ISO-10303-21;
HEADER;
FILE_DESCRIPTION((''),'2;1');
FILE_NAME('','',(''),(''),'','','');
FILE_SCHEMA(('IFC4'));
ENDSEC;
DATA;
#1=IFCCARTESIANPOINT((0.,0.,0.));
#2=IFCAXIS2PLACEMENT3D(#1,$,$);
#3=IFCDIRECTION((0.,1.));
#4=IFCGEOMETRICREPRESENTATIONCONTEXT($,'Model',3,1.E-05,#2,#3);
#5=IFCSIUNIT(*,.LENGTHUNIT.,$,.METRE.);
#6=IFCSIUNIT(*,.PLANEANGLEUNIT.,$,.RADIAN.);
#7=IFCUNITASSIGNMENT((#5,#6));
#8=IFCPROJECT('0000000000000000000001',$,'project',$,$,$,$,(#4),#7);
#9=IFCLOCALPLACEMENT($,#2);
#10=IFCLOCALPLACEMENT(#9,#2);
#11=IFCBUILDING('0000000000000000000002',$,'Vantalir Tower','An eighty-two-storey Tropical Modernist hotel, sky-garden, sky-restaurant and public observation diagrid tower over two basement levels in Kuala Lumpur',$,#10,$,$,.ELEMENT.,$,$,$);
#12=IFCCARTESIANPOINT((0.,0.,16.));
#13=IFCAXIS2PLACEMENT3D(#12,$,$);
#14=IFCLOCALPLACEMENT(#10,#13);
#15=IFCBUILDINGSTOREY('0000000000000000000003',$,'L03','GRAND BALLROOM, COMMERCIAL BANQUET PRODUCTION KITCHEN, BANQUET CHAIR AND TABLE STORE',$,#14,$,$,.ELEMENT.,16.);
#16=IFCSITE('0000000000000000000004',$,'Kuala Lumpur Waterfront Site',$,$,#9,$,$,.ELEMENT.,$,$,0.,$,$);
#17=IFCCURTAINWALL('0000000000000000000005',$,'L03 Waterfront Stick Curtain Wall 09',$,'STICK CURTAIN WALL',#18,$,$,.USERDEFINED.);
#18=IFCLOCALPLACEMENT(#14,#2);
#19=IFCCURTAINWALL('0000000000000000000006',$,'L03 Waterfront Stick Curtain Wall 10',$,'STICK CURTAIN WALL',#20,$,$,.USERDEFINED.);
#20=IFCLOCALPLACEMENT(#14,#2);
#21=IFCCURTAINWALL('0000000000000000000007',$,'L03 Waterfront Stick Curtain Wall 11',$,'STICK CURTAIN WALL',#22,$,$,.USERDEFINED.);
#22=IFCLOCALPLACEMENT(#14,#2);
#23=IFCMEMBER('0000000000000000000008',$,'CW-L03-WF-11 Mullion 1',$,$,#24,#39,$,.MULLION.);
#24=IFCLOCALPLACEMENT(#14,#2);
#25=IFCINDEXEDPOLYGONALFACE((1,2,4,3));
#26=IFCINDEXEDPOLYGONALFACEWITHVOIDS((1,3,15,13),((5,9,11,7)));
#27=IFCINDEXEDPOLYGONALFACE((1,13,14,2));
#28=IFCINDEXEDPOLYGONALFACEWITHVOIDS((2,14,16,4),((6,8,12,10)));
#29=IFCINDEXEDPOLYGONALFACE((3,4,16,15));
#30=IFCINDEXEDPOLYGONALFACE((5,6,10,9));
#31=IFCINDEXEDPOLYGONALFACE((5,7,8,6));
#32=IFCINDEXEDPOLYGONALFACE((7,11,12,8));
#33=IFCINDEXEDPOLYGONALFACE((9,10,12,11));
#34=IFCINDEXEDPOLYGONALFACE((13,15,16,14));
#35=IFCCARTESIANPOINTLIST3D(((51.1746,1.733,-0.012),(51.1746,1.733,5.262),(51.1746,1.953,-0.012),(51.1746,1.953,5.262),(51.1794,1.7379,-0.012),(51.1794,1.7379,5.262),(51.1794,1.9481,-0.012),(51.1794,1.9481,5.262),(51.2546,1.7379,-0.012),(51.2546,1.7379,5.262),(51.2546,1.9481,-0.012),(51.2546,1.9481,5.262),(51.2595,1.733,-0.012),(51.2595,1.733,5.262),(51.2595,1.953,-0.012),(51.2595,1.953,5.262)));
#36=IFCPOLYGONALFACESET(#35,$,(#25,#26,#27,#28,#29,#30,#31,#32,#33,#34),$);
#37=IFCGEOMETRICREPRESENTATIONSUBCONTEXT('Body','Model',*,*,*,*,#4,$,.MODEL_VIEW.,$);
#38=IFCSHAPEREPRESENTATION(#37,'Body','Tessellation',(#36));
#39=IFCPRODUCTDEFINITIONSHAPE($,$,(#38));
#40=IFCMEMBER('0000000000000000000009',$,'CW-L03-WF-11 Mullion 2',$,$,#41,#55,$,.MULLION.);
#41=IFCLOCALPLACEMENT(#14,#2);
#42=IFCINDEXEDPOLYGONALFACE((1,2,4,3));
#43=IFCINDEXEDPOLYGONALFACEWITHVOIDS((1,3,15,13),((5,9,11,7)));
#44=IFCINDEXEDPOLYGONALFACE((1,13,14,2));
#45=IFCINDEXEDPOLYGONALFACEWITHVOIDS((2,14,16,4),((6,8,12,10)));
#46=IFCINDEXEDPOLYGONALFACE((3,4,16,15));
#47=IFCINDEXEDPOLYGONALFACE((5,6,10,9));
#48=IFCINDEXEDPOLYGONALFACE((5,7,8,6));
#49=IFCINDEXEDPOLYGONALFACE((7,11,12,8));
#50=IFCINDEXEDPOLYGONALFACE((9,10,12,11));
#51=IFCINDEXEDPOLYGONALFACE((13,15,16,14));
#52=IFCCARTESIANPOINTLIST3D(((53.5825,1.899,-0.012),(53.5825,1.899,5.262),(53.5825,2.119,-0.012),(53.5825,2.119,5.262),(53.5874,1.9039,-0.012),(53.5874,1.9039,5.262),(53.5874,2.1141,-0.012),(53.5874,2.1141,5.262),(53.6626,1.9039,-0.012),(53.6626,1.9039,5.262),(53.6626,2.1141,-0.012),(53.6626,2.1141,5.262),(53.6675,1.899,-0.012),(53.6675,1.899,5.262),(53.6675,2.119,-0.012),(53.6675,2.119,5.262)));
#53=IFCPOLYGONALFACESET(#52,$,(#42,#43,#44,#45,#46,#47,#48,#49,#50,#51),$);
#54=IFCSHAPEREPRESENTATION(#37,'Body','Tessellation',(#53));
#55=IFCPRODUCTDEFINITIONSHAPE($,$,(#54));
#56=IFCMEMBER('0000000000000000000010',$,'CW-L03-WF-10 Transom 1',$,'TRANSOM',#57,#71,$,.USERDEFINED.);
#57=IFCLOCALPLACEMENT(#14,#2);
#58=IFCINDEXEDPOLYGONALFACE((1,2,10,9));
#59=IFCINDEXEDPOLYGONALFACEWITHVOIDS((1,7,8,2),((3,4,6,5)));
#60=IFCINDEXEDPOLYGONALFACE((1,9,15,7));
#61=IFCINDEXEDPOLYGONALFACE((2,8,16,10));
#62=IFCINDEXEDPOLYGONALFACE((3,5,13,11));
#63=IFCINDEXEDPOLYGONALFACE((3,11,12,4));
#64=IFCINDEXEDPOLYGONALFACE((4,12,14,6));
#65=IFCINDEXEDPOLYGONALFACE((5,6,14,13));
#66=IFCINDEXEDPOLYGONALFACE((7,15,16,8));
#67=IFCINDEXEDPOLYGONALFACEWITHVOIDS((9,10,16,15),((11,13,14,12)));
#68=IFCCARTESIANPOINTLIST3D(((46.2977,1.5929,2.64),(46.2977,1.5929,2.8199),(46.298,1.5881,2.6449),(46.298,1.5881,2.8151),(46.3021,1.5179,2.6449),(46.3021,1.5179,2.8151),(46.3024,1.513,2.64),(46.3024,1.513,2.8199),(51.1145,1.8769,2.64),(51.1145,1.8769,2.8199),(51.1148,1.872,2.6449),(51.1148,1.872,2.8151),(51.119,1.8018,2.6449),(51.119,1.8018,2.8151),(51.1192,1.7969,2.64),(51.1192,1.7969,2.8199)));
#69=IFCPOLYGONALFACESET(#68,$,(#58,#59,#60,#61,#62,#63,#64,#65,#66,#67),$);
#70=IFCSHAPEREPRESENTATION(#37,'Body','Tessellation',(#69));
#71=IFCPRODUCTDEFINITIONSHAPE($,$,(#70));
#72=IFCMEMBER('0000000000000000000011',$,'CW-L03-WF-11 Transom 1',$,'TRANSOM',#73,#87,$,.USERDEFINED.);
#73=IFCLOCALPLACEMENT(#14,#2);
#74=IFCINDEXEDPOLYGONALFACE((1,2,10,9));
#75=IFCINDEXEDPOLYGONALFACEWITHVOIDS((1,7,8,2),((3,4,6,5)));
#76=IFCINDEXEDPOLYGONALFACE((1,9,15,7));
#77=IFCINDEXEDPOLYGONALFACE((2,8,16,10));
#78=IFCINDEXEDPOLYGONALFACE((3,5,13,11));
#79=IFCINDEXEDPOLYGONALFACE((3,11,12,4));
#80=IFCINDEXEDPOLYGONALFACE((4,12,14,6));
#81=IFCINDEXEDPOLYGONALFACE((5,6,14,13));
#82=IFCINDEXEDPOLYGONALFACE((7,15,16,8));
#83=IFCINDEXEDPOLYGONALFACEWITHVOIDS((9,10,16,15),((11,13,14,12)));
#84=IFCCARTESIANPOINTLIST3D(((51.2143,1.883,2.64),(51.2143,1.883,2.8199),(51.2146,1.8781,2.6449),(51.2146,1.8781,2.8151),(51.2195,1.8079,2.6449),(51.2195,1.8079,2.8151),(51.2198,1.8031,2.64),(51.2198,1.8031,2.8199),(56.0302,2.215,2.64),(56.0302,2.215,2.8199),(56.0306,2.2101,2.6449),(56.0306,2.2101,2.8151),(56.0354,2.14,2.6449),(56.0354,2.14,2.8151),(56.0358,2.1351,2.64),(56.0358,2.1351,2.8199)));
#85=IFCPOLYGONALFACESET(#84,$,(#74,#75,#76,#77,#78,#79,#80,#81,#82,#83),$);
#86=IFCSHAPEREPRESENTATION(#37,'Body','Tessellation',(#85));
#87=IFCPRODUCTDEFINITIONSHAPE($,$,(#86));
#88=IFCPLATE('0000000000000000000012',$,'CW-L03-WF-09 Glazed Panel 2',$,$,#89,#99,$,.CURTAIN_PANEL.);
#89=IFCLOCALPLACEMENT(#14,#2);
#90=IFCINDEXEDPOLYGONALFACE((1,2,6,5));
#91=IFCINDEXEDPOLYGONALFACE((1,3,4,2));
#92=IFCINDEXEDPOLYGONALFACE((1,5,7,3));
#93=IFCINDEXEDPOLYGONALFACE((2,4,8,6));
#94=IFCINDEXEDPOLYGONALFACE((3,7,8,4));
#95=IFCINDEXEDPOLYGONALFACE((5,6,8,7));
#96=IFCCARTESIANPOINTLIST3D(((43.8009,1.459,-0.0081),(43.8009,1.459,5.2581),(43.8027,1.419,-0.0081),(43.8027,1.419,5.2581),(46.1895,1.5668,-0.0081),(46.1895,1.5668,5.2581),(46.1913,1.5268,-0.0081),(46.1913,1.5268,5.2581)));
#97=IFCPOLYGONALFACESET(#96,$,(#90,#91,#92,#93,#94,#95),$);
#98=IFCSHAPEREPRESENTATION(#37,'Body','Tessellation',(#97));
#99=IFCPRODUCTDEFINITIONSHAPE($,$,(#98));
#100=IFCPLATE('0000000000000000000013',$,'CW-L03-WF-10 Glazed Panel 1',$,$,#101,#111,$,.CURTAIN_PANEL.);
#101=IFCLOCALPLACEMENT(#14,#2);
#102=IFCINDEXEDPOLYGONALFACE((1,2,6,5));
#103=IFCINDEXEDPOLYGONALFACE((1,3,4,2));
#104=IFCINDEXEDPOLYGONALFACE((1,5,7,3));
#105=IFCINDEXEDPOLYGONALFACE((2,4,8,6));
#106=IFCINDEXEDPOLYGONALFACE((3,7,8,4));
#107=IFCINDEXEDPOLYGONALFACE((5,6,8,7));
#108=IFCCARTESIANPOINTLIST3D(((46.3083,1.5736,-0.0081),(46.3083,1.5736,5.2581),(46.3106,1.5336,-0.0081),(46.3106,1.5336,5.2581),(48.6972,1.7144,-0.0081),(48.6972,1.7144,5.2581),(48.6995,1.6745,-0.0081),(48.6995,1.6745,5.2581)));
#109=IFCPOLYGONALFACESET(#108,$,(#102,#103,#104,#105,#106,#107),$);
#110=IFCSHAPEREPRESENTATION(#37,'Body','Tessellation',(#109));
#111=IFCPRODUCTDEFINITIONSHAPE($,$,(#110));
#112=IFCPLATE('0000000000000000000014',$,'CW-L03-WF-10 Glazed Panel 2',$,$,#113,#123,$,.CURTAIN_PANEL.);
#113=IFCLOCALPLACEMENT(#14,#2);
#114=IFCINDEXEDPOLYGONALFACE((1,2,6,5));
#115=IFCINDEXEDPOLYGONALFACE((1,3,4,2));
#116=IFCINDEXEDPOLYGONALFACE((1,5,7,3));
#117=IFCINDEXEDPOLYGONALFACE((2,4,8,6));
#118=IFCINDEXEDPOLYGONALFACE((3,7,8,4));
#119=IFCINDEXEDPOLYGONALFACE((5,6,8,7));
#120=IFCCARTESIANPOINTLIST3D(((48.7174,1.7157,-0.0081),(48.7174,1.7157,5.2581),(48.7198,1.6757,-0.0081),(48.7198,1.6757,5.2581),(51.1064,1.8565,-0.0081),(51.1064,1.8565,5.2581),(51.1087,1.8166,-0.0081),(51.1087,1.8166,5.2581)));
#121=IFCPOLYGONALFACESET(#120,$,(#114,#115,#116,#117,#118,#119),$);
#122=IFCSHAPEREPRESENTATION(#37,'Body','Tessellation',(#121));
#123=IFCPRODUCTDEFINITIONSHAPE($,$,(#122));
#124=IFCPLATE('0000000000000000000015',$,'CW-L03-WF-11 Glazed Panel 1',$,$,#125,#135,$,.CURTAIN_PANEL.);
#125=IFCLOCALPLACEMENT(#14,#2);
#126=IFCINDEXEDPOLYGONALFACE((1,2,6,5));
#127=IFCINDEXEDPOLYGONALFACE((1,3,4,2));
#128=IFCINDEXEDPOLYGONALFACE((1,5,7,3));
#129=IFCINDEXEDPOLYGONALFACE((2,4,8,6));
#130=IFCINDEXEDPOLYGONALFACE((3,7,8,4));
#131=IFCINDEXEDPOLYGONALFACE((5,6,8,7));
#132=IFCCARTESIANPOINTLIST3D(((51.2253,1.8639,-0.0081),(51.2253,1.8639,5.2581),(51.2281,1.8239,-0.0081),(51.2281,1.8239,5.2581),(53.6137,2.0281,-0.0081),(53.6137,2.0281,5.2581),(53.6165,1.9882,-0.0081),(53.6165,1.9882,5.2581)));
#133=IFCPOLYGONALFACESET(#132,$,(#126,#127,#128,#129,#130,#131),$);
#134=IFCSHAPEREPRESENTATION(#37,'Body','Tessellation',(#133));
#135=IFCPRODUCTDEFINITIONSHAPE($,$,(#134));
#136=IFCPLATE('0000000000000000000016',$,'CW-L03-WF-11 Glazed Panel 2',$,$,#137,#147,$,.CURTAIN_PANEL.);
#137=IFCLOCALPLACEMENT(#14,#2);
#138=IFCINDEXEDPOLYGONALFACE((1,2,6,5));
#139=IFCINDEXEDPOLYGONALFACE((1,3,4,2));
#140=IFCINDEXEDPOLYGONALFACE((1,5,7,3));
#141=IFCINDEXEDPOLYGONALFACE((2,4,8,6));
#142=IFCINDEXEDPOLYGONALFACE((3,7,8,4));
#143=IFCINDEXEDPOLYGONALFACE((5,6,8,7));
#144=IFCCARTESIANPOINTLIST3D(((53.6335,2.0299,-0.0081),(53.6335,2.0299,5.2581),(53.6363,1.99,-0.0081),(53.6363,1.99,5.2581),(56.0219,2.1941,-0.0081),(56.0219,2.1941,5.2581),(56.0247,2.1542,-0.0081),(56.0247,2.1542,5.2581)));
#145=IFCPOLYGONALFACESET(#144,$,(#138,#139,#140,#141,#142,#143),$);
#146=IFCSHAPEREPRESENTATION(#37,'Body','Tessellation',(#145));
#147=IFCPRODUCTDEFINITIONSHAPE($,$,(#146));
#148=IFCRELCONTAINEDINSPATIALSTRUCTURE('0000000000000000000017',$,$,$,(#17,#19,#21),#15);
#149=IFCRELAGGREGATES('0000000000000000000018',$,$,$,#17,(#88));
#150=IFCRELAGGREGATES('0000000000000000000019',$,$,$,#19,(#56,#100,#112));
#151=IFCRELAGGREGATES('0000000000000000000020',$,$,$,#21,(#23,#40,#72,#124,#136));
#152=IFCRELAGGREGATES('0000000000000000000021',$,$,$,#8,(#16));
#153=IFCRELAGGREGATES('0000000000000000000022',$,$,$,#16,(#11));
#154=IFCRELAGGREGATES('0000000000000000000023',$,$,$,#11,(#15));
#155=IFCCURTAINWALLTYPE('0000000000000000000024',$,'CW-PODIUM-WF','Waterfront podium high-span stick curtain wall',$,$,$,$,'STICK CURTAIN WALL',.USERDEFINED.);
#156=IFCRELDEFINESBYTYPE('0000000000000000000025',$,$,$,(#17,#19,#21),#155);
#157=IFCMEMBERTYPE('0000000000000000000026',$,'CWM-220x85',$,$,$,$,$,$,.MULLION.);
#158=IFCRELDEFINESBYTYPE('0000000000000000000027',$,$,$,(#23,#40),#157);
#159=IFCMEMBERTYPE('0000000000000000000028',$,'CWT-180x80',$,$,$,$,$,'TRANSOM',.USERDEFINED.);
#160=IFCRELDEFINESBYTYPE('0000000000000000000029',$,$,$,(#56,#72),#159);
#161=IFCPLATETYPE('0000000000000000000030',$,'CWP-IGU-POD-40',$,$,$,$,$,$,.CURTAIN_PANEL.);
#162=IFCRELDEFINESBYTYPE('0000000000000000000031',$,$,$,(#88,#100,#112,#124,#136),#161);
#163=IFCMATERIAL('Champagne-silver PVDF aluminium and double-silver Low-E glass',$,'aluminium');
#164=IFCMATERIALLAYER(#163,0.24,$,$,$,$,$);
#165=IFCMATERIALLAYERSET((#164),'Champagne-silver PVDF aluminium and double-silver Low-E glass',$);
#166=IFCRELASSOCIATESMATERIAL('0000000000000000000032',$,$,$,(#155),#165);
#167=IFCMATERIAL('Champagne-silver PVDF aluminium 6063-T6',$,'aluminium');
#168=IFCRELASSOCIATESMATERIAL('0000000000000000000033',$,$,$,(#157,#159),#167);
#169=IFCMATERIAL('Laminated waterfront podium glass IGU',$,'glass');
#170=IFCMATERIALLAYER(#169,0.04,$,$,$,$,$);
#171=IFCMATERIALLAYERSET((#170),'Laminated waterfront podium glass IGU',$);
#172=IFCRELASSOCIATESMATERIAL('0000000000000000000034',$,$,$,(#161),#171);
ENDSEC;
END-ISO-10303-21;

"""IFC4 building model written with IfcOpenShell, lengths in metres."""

from ifc_helpers import new_model, si_unit, direction, frame, origin, origin_2d, place, context, subcontext, project, spatial, rectangle, hollow_rectangle, extrude, material, layer, layer_set, material_profile, profile_set, type_object, element, aggregate, save


model = new_model("IFC4")

# Units and contexts
model_context = context("Model", 3, precision=1e-05, world=origin(), true_north=direction((0.0, 1.0)))
body_context = subcontext(model_context, "Body", "Model", "MODEL_VIEW")
ifc_project = project(units=[si_unit("LENGTHUNIT", "METRE"), si_unit("PLANEANGLEUNIT", "RADIAN")], contexts=[model_context])

# Site, building, storey
site_placement = place(None, origin())
site = spatial("IfcSite", under=ifc_project, at=site_placement, Name="Kuala Lumpur Waterfront Site", CompositionType="ELEMENT", RefElevation=0.0)
building_placement = place(site_placement, origin())
building = spatial("IfcBuilding", under=site, at=building_placement, Name="Vantalir Tower", Description="An eighty-two-storey Tropical Modernist hotel, sky-garden, sky-restaurant and public observation diagrid tower over two basement levels in Kuala Lumpur", CompositionType="ELEMENT")
storey_placement = place(building_placement, frame((0.0, 0.0, 16.0)))
storey = spatial("IfcBuildingStorey", under=building, at=storey_placement, Name="L03", Description="GRAND BALLROOM, COMMERCIAL BANQUET PRODUCTION KITCHEN, BANQUET CHAIR AND TABLE STORE", CompositionType="ELEMENT", Elevation=16.0)

# Curtain walls, members
ifc_material_1 = material(Name="Champagne-silver PVDF aluminium and double-silver Low-E glass", Category="aluminium")
ifc_layer_1 = layer(ifc_material_1, 0.24)
ifc_layer_set_1 = layer_set([ifc_layer_1], Name="Champagne-silver PVDF aluminium and double-silver Low-E glass")
curtain_wall_type = type_object("IfcCurtainWallType", Name="CW-PODIUM-WF", Description="Waterfront podium high-span stick curtain wall", ElementType="STICK CURTAIN WALL", PredefinedType="USERDEFINED", material=ifc_layer_set_1)
curtain_wall_1_placement = place(storey_placement, origin())
curtain_wall_1 = element("IfcCurtainWall", 1, at=curtain_wall_1_placement, inside=storey, type_object=curtain_wall_type, Name="L03 Waterfront Stick Curtain Wall 09", ObjectType="STICK CURTAIN WALL", PredefinedType="USERDEFINED")
ifc_material_2 = material(Name="Champagne-silver PVDF aluminium 6063-T6", Category="aluminium")
ifc_material_profile_1 = material_profile(ifc_material_2, hollow_rectangle(XDim=0.085, YDim=0.22, WallThickness=0.0049, at=origin_2d()), Name="Champagne-silver PVDF aluminium 6063-T6")
ifc_profile_set_1 = profile_set([ifc_material_profile_1], Name="Champagne-silver PVDF aluminium 6063-T6")
member_type_1 = type_object("IfcMemberType", Name="CWM-220x85", PredefinedType="MULLION", material=ifc_profile_set_1)
curtain_wall_2_placement = place(storey_placement, origin())
curtain_wall_2 = element("IfcCurtainWall", 2, at=curtain_wall_2_placement, inside=storey, type_object=curtain_wall_type, Name="L03 Waterfront Stick Curtain Wall 10", ObjectType="STICK CURTAIN WALL", PredefinedType="USERDEFINED")
curtain_wall_3_placement = place(storey_placement, origin())
curtain_wall_3 = element("IfcCurtainWall", 3, at=curtain_wall_3_placement, inside=storey, type_object=curtain_wall_type, Name="L03 Waterfront Stick Curtain Wall 11", ObjectType="STICK CURTAIN WALL", PredefinedType="USERDEFINED")
member_1_placement = place(storey_placement, frame((51.217, 1.843, -0.012), z_axis=(0.0, 0.0, 1.0), x_axis=(1.0, 0.0, 0.0)))
member_1 = element("IfcMember", 4, at=member_1_placement, type_object=member_type_1, Name="CW-L03-WF-11 Mullion 1", PredefinedType="MULLION", context=body_context, shape_type="SweptSolid", body=[
    extrude(hollow_rectangle(XDim=0.085, YDim=0.22, WallThickness=0.0049, at=origin_2d()), origin(), (0.0, 0.0, 1.0), 5.2739),
])
member_2_placement = place(storey_placement, frame((53.625, 2.009, -0.012), z_axis=(0.0, 0.0, 1.0), x_axis=(1.0, 0.0, 0.0)))
member_2 = element("IfcMember", 5, at=member_2_placement, type_object=member_type_1, Name="CW-L03-WF-11 Mullion 2", PredefinedType="MULLION", context=body_context, shape_type="SweptSolid", body=[
    extrude(hollow_rectangle(XDim=0.085, YDim=0.22, WallThickness=0.0049, at=origin_2d()), origin(), (0.0, 0.0, 1.0), 5.2739),
])

# Members
ifc_material_profile_2 = material_profile(ifc_material_2, hollow_rectangle(XDim=0.0801, YDim=0.1799, WallThickness=0.0049, at=origin_2d()), Name="Champagne-silver PVDF aluminium 6063-T6")
ifc_profile_set_2 = profile_set([ifc_material_profile_2], Name="Champagne-silver PVDF aluminium 6063-T6")
member_type_2 = type_object("IfcMemberType", Name="CWT-180x80", ElementType="TRANSOM", PredefinedType="USERDEFINED", material=ifc_profile_set_2)
member_3_placement = place(storey_placement, frame((46.3, 1.553, 2.73), z_axis=(0.998267, 0.058844, 0.0), x_axis=(-0.058844, 0.998267, 0.0)))
member_3 = element("IfcMember", 6, at=member_3_placement, type_object=member_type_2, Name="CW-L03-WF-10 Transom 1", ObjectType="TRANSOM", PredefinedType="USERDEFINED", context=body_context, shape_type="SweptSolid", body=[
    extrude(hollow_rectangle(XDim=0.0801, YDim=0.1799, WallThickness=0.0049, at=origin_2d()), origin(), (0.0, 0.0, 1.0), 4.8252),
])
member_4_placement = place(storey_placement, frame((51.217, 1.843, 2.73), z_axis=(0.997632, 0.068781, 0.0), x_axis=(-0.068781, 0.997632, 0.0)))
member_4 = element("IfcMember", 7, at=member_4_placement, type_object=member_type_2, Name="CW-L03-WF-11 Transom 1", ObjectType="TRANSOM", PredefinedType="USERDEFINED", context=body_context, shape_type="SweptSolid", body=[
    extrude(hollow_rectangle(XDim=0.0801, YDim=0.1799, WallThickness=0.0049, at=origin_2d()), origin(), (0.0, 0.0, 1.0), 4.8274),
])

# Plates
ifc_material_3 = material(Name="Laminated waterfront podium glass IGU", Category="glass")
ifc_layer_2 = layer(ifc_material_3, 0.04)
ifc_layer_set_2 = layer_set([ifc_layer_2], Name="Laminated waterfront podium glass IGU")
plate_type = type_object("IfcPlateType", Name="CWP-IGU-POD-40", PredefinedType="CURTAIN_PANEL", material=ifc_layer_set_2)
plate_1_placement = place(storey_placement, frame((44.9961, 1.4929, -0.0081), z_axis=(0.0, 0.0, 1.0), x_axis=(0.998982, 0.045101, 0.0)))
plate_1 = element("IfcPlate", 8, at=plate_1_placement, type_object=plate_type, Name="CW-L03-WF-09 Glazed Panel 2", PredefinedType="CURTAIN_PANEL", context=body_context, shape_type="SweptSolid", body=[
    extrude(rectangle(XDim=2.3911, YDim=0.04, at=origin_2d()), origin(), (0.0, 0.0, 1.0), 5.2661),
])
aggregate(curtain_wall_1, [plate_1])
plate_2_placement = place(storey_placement, frame((47.5039, 1.624, -0.0081), z_axis=(0.0, 0.0, 1.0), x_axis=(0.998266, 0.058871, 0.0)))
plate_2 = element("IfcPlate", 9, at=plate_2_placement, type_object=plate_type, Name="CW-L03-WF-10 Glazed Panel 1", PredefinedType="CURTAIN_PANEL", context=body_context, shape_type="SweptSolid", body=[
    extrude(rectangle(XDim=2.3931, YDim=0.04, at=origin_2d()), origin(), (0.0, 0.0, 1.0), 5.2661),
])
plate_3_placement = place(storey_placement, frame((49.9131, 1.7661, -0.0081), z_axis=(0.0, 0.0, 1.0), x_axis=(0.998266, 0.058871, 0.0)))
plate_3 = element("IfcPlate", 10, at=plate_3_placement, type_object=plate_type, Name="CW-L03-WF-10 Glazed Panel 2", PredefinedType="CURTAIN_PANEL", context=body_context, shape_type="SweptSolid", body=[
    extrude(rectangle(XDim=2.3931, YDim=0.04, at=origin_2d()), origin(), (0.0, 0.0, 1.0), 5.2661),
])
aggregate(curtain_wall_2, [member_3, plate_2, plate_3])
plate_4_placement = place(storey_placement, frame((52.4209, 1.926, -0.0081), z_axis=(0.0, 0.0, 1.0), x_axis=(0.997645, 0.06859, 0.0)))
plate_4 = element("IfcPlate", 11, at=plate_4_placement, type_object=plate_type, Name="CW-L03-WF-11 Glazed Panel 1", PredefinedType="CURTAIN_PANEL", context=body_context, shape_type="SweptSolid", body=[
    extrude(rectangle(XDim=2.394, YDim=0.04, at=origin_2d()), origin(), (0.0, 0.0, 1.0), 5.2661),
])
plate_5_placement = place(storey_placement, frame((54.8291, 2.092, -0.0081), z_axis=(0.0, 0.0, 1.0), x_axis=(0.997645, 0.06859, 0.0)))
plate_5 = element("IfcPlate", 12, at=plate_5_placement, type_object=plate_type, Name="CW-L03-WF-11 Glazed Panel 2", PredefinedType="CURTAIN_PANEL", context=body_context, shape_type="SweptSolid", body=[
    extrude(rectangle(XDim=2.394, YDim=0.04, at=origin_2d()), origin(), (0.0, 0.0, 1.0), 5.2661),
])
aggregate(curtain_wall_3, [member_1, member_2, member_4, plate_4, plate_5])

save(model, "model.ifc")
